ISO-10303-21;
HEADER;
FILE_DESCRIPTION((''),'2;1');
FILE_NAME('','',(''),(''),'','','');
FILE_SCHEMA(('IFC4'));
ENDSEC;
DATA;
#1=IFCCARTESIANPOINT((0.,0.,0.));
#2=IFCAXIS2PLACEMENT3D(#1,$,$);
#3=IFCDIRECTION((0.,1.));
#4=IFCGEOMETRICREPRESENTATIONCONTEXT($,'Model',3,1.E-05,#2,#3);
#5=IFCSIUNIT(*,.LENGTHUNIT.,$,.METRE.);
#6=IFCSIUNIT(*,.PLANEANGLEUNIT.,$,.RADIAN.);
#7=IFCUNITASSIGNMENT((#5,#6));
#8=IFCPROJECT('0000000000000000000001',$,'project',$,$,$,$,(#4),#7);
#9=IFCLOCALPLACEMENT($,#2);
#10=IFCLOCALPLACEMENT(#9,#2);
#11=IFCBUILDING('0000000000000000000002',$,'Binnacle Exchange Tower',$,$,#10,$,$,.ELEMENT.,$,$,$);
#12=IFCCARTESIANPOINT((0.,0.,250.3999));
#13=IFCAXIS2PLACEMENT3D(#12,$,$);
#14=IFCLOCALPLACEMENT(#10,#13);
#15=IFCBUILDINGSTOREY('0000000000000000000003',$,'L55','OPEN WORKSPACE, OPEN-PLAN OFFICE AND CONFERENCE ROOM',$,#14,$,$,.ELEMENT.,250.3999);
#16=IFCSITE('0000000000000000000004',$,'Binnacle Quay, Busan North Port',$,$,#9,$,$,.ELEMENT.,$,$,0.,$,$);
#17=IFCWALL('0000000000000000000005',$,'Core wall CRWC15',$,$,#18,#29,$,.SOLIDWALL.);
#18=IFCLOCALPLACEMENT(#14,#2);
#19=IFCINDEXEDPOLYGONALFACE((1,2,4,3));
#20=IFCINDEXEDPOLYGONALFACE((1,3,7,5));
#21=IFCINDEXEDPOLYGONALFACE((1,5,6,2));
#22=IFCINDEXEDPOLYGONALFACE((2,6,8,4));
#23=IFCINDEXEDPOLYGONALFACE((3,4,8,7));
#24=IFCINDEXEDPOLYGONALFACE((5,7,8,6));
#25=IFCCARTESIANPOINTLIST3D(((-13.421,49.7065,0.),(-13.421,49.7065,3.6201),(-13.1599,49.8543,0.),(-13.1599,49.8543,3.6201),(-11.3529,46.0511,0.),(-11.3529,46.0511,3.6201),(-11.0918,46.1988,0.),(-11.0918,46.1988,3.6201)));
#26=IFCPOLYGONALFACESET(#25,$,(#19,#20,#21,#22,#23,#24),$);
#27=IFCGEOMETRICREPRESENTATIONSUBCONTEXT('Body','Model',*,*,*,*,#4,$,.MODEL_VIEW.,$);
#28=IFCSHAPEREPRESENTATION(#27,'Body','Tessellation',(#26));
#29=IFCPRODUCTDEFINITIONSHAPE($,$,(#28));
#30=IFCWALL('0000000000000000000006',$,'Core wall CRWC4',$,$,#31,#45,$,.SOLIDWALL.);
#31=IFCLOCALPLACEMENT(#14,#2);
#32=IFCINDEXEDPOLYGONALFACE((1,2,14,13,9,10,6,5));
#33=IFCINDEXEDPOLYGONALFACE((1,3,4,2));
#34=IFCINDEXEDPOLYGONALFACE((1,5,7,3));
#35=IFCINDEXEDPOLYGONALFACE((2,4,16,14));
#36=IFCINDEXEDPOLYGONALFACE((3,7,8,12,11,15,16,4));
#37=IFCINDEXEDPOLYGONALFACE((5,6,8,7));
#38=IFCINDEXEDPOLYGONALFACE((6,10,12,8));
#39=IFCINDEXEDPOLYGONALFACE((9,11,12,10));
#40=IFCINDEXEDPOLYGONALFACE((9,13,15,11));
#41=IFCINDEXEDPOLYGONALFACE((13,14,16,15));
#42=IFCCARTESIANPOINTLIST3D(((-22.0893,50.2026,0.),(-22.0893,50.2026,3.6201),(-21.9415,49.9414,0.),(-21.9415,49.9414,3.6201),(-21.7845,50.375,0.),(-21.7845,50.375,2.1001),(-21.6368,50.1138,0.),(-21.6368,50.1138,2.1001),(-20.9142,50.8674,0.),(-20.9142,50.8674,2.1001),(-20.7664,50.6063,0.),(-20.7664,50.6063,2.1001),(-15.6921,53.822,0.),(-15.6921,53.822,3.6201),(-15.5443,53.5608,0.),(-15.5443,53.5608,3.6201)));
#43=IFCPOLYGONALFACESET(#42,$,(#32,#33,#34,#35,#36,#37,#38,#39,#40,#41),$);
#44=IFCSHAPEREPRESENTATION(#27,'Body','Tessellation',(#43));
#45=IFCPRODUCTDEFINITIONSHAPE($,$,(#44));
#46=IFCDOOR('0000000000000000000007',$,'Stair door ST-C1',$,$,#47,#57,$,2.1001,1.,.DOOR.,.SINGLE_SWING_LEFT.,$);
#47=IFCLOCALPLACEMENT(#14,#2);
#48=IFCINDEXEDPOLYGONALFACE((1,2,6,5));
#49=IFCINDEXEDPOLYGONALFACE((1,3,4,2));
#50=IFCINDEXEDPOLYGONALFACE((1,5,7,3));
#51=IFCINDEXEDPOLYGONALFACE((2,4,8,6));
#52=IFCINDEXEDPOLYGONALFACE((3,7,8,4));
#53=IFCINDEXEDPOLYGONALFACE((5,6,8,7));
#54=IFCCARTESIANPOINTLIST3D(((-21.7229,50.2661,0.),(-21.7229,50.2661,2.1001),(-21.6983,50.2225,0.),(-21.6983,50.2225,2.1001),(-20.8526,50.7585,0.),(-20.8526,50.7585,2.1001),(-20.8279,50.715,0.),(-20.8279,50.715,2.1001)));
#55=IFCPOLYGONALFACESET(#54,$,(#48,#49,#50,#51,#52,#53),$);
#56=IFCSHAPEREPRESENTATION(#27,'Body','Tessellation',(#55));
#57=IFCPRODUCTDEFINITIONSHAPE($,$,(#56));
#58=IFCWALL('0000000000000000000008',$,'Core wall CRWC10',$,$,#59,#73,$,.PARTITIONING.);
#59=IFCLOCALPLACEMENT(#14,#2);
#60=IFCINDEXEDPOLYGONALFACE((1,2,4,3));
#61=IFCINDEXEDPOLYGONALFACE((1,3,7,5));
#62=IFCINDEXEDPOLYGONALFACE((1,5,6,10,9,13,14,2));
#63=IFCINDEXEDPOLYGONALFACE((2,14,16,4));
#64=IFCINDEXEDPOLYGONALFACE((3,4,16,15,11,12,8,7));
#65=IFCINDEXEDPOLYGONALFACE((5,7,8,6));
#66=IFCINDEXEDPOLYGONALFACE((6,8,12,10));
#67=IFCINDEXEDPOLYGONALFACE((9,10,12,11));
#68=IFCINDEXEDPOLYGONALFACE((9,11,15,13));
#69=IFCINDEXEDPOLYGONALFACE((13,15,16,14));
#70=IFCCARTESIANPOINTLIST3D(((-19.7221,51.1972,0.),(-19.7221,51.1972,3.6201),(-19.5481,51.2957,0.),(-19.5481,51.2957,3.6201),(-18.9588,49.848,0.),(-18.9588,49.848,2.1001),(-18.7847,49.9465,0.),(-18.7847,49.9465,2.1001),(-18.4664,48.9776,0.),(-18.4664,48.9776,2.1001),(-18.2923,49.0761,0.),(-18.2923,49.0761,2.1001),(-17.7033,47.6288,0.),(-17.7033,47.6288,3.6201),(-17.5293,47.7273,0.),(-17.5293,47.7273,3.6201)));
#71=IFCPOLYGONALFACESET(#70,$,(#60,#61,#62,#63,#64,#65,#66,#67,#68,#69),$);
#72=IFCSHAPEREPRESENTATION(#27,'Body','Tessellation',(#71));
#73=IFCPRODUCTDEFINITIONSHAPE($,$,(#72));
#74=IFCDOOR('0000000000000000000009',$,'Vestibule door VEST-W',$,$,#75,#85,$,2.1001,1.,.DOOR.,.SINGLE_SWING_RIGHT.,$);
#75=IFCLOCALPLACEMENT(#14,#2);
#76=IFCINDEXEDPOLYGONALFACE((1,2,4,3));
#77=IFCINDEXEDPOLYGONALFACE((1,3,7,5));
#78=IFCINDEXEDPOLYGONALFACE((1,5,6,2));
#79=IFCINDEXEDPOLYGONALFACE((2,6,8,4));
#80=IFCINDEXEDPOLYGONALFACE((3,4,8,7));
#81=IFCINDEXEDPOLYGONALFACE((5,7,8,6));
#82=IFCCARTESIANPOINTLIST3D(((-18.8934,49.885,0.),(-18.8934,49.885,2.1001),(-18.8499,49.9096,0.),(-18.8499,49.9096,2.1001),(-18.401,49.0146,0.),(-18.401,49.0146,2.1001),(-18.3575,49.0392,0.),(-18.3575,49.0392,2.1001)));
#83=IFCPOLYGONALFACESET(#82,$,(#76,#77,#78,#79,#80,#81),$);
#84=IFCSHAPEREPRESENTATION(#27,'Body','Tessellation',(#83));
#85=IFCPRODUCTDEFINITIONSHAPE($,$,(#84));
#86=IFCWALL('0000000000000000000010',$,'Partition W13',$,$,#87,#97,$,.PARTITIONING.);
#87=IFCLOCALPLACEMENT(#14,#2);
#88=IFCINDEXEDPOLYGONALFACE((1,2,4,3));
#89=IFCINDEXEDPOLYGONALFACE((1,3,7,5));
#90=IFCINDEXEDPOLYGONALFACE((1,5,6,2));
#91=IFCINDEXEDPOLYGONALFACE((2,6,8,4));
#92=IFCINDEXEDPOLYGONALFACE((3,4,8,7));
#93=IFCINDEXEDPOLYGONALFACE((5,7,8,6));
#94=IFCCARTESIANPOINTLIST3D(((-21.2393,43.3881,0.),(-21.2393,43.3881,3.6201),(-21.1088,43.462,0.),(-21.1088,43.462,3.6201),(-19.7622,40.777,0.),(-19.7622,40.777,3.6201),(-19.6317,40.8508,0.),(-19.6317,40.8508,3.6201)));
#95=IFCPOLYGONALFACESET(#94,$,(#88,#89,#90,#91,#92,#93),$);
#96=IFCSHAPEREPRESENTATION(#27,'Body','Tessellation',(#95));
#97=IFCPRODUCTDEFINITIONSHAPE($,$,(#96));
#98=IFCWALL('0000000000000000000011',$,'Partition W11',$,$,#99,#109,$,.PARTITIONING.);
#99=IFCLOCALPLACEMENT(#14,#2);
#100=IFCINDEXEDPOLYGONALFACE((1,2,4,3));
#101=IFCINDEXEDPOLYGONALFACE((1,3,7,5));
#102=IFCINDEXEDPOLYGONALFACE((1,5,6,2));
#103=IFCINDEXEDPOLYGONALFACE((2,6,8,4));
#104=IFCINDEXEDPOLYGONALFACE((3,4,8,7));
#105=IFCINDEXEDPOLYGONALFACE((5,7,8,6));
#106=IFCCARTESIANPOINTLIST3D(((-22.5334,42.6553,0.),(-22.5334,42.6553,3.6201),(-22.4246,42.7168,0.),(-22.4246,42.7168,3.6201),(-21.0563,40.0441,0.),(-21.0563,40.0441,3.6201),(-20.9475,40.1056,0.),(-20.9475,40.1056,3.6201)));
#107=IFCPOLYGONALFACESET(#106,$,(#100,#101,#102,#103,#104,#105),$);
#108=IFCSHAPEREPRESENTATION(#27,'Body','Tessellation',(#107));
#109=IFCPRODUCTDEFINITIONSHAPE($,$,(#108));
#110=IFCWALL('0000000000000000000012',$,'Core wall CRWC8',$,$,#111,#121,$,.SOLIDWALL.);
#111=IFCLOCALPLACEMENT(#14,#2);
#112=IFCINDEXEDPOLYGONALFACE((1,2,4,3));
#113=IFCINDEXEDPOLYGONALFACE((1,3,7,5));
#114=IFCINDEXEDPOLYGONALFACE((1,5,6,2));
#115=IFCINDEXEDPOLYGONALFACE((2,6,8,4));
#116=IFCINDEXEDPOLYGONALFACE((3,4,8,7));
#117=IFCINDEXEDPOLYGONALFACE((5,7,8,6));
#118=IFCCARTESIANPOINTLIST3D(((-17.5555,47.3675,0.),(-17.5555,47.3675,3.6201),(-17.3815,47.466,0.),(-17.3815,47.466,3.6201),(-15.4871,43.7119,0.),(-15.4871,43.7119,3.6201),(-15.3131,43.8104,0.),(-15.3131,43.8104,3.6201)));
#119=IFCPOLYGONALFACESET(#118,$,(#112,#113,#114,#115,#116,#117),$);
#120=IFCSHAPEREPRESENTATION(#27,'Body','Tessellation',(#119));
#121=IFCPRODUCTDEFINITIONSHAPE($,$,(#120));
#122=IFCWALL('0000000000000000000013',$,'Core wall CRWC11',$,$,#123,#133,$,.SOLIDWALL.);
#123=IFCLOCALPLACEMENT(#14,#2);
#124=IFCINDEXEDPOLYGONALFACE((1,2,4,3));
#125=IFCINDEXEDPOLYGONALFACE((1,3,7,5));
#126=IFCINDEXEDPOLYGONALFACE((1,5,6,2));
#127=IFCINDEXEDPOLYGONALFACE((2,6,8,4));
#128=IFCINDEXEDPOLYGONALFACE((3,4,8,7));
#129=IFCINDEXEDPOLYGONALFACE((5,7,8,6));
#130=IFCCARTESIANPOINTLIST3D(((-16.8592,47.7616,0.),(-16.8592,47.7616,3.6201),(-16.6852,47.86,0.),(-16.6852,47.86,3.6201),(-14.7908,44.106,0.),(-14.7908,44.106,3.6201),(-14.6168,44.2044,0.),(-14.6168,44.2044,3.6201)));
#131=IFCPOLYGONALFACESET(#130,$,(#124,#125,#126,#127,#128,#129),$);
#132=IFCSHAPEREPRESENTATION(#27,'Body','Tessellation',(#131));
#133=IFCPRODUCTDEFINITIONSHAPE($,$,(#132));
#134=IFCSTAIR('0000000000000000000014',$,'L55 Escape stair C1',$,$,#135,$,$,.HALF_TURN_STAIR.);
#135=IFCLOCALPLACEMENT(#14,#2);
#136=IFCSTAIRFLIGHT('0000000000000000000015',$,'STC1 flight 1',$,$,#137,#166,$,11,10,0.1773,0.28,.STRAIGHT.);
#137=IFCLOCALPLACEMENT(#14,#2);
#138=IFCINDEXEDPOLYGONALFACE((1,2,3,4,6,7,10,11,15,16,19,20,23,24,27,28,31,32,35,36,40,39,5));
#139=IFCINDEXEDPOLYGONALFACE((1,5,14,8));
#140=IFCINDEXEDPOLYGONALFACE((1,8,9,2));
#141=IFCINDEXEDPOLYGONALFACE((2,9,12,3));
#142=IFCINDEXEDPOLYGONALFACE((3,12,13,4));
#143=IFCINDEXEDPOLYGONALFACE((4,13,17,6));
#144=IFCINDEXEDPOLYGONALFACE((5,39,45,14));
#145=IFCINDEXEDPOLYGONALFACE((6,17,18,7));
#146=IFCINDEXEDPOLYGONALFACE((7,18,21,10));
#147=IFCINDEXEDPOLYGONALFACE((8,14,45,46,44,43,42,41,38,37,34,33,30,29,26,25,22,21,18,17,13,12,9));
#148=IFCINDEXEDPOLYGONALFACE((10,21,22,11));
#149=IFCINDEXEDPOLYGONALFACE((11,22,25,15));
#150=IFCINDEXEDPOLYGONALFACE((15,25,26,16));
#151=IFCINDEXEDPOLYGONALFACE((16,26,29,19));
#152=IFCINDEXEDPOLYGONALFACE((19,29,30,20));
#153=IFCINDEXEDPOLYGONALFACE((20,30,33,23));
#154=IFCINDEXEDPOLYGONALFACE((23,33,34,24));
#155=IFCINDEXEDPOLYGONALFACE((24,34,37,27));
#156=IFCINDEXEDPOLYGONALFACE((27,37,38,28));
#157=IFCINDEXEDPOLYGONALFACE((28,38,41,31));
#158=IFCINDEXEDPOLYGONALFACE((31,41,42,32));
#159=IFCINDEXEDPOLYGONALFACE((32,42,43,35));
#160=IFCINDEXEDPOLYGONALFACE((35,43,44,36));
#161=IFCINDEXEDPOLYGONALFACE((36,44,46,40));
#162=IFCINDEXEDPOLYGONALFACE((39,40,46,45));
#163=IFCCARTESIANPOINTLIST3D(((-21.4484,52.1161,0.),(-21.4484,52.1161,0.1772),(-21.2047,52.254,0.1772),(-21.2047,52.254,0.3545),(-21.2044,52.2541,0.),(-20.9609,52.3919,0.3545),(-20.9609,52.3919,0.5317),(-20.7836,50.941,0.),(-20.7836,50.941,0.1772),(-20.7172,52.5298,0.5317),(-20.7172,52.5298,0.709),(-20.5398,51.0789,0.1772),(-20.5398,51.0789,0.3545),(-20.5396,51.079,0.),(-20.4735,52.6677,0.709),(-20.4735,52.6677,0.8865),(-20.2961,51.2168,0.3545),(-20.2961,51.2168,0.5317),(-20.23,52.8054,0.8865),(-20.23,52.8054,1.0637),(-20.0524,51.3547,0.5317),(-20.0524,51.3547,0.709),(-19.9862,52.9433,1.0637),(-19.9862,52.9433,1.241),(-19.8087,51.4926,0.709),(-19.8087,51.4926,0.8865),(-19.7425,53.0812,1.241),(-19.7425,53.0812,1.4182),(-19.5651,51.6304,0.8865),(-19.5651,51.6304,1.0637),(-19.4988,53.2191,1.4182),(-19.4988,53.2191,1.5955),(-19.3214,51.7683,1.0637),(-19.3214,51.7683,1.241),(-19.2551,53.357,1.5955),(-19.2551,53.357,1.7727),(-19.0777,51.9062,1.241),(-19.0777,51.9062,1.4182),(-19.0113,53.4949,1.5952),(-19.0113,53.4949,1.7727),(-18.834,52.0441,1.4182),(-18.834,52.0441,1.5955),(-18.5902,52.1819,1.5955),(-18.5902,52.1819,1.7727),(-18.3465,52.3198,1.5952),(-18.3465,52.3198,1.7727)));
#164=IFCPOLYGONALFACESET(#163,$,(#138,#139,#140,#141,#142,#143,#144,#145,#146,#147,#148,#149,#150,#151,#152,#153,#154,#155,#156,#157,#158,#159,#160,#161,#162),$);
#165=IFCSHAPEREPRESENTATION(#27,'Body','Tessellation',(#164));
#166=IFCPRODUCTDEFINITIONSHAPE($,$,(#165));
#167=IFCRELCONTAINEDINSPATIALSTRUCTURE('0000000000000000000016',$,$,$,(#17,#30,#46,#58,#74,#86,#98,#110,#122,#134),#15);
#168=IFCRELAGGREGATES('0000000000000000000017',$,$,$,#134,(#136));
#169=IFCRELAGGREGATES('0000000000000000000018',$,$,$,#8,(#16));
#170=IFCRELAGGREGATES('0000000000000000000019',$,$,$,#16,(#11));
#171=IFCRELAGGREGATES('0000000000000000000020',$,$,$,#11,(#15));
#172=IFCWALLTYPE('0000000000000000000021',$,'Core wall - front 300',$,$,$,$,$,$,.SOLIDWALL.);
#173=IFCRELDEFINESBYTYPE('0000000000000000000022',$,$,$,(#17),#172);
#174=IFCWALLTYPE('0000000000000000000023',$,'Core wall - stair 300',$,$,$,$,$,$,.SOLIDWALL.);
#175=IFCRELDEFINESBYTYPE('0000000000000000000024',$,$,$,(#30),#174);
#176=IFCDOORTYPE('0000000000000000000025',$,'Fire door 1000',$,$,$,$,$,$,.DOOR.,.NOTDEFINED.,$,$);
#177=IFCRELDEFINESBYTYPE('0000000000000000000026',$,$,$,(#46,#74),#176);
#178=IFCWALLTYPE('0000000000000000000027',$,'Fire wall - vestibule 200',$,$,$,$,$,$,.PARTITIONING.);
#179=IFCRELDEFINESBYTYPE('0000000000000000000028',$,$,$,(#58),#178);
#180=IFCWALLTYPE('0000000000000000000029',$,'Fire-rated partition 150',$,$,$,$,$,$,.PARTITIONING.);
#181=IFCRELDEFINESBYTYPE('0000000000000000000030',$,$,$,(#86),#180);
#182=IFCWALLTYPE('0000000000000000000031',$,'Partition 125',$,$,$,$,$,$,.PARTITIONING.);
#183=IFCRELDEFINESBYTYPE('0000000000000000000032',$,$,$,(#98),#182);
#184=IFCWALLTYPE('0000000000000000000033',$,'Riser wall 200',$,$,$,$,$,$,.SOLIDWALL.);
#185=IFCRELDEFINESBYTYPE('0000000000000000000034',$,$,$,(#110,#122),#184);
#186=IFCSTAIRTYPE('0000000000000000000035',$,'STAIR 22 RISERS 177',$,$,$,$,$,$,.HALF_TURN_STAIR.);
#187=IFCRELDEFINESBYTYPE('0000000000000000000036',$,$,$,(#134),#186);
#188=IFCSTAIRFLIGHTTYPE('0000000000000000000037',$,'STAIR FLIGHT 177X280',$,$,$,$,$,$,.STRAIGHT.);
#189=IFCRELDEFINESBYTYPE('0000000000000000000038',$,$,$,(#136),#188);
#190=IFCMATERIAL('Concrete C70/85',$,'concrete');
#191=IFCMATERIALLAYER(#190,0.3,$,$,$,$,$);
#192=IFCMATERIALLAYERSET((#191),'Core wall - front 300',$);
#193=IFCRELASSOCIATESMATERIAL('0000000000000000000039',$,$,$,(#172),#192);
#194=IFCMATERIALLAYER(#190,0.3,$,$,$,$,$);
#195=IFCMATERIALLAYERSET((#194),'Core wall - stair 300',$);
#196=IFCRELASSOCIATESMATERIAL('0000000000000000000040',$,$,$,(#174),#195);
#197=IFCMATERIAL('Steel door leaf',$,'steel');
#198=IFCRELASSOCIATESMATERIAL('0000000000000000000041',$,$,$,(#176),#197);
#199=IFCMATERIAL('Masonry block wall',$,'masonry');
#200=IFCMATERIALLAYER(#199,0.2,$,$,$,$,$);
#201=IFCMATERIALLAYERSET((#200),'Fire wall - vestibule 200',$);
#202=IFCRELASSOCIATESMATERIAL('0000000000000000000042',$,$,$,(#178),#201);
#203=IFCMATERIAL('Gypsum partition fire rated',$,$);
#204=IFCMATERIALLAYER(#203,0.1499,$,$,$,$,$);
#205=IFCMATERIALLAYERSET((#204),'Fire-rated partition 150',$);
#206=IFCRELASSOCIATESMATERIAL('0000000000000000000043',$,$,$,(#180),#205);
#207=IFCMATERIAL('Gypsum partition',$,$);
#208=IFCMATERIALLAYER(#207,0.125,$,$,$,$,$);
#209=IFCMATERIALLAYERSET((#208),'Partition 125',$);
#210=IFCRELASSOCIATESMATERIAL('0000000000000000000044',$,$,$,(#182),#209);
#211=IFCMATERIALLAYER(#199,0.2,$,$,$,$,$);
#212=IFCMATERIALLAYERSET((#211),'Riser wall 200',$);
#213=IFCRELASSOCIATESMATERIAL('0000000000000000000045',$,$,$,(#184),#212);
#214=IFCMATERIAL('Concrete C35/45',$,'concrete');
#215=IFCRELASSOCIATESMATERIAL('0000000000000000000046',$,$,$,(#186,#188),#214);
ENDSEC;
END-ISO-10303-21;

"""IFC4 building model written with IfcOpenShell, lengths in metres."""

from ifc_helpers import new_model, si_unit, direction, frame, frame_2d, origin, place, context, subcontext, project, spatial, polyline, rectangle, outline, extrude, material, layer, layer_set, type_object, element, fill, aggregate, save


model = new_model("IFC4")

# Units and contexts
model_context = context("Model", 3, precision=1e-05, world=origin(), true_north=direction((0.0, 1.0)))
body_context = subcontext(model_context, "Body", "Model", "MODEL_VIEW")
ifc_project = project(units=[si_unit("LENGTHUNIT", "METRE"), si_unit("PLANEANGLEUNIT", "RADIAN")], contexts=[model_context])

# Site, building, storey
site_placement = place(None, origin())
site = spatial("IfcSite", under=ifc_project, at=site_placement, Name="Binnacle Quay, Busan North Port", CompositionType="ELEMENT", RefElevation=0.0)
building_placement = place(site_placement, origin())
building = spatial("IfcBuilding", under=site, at=building_placement, Name="Binnacle Exchange Tower", CompositionType="ELEMENT")
storey_placement = place(building_placement, frame((0.0, 0.0, 250.3999)))
storey = spatial("IfcBuildingStorey", under=building, at=storey_placement, Name="L55", Description="OPEN WORKSPACE, OPEN-PLAN OFFICE AND CONFERENCE ROOM", CompositionType="ELEMENT", Elevation=250.3999)

# Shared definitions
ifc_material_1 = material(Name="Concrete C70/85", Category="concrete")
ifc_layer_1 = layer(ifc_material_1, 0.3)
ifc_layer_set_1 = layer_set([ifc_layer_1], Name="Core wall - front 300")
wall_type_1 = type_object("IfcWallType", Name="Core wall - front 300", PredefinedType="SOLIDWALL", material=ifc_layer_set_1)
ifc_material_2 = material(Name="Steel door leaf", Category="steel")

# Wall
for number, where, z_axis, x_axis, name in (
    (1, (-13.2905, 49.7805, 0.0), (0.0, 0.0, 1.0), (0.49241, -0.870364, 0.0), "Core wall CRWC15"),
):
    element("IfcWall", number, at=place(storey_placement, frame(where, z_axis=z_axis, x_axis=x_axis)), inside=storey, type_object=wall_type_1, Name=name, PredefinedType="SOLIDWALL", context=body_context, shape_type="SweptSolid", body=[
        extrude(rectangle(XDim=4.2, YDim=0.3, at=frame_2d((2.1001, 0.0))), origin(), (0.0, 0.0, 1.0), 3.6201),
    ])

# Walls, openings, doors
ifc_layer_2 = layer(ifc_material_1, 0.3)
ifc_layer_set_2 = layer_set([ifc_layer_2], Name="Core wall - stair 300")
wall_type_2 = type_object("IfcWallType", Name="Core wall - stair 300", PredefinedType="SOLIDWALL", material=ifc_layer_set_2)
wall_1_placement = place(storey_placement, frame((-22.0154, 50.072, 0.0), z_axis=(0.0, 0.0, 1.0), x_axis=(0.870355, 0.492425, 0.0)))
wall_1 = element("IfcWall", 2, at=wall_1_placement, inside=storey, type_object=wall_type_2, Name="Core wall CRWC4", PredefinedType="SOLIDWALL", context=body_context, shape_type="SweptSolid", body=[
    extrude(rectangle(XDim=7.3501, YDim=0.3, at=frame_2d((3.675, 0.0))), origin(), (0.0, 0.0, 1.0), 3.6201),
])
opening_1_placement = place(wall_1_placement, frame((0.3501, 0.0, 0.0)))
opening_1 = element("IfcOpeningElement", 3, at=opening_1_placement, cuts=wall_1, PredefinedType="OPENING", context=body_context, shape_type="SweptSolid", body=[
    extrude(rectangle(XDim=1.0, YDim=2.1001, at=frame_2d((0.5, 1.05))), frame((0.0, 0.1599, 0.0), z_axis=(0.0, -1.0, 0.0), x_axis=(1.0, 0.0, 0.0)), (0.0, 0.0, 1.0), 0.3201),
])
door_type_1 = type_object("IfcDoorType", Name="Fire door 1000", OperationType="NOTDEFINED", PredefinedType="DOOR", material=ifc_material_2)
door_1_placement = place(opening_1_placement, origin())
door_1 = element("IfcDoor", 4, at=door_1_placement, inside=storey, type_object=door_type_1, Name="Stair door ST-C1", OperationType="SINGLE_SWING_LEFT", OverallHeight=2.1001, OverallWidth=1.0, PredefinedType="DOOR", context=body_context, shape_type="SweptSolid", body=[
    extrude(rectangle(XDim=1.0, YDim=2.1001, at=frame_2d((0.5, 1.05))), frame((0.0, 0.0249, 0.0), z_axis=(0.0, -1.0, 0.0), x_axis=(1.0, 0.0, 0.0)), (0.0, 0.0, 1.0), 0.05),
])
fill(opening_1, door_1)
ifc_material_3 = material(Name="Masonry block wall", Category="masonry")
ifc_layer_3 = layer(ifc_material_3, 0.2)
ifc_layer_set_3 = layer_set([ifc_layer_3], Name="Fire wall - vestibule 200")
wall_type_3 = type_object("IfcWallType", Name="Fire wall - vestibule 200", PredefinedType="PARTITIONING", material=ifc_layer_set_3)
wall_2_placement = place(storey_placement, frame((-19.635, 51.2463, 0.0), z_axis=(0.0, 0.0, 1.0), x_axis=(0.492408, -0.870364, 0.0)))
wall_2 = element("IfcWall", 5, at=wall_2_placement, inside=storey, type_object=wall_type_3, Name="Core wall CRWC10", PredefinedType="PARTITIONING", context=body_context, shape_type="SweptSolid", body=[
    extrude(rectangle(XDim=4.0999, YDim=0.2, at=frame_2d((2.0498, 0.0))), origin(), (0.0, 0.0, 1.0), 3.6201),
])
opening_2_placement = place(wall_2_placement, frame((1.55, 0.0, 0.0)))
opening_2 = element("IfcOpeningElement", 6, at=opening_2_placement, cuts=wall_2, PredefinedType="OPENING", context=body_context, shape_type="SweptSolid", body=[
    extrude(rectangle(XDim=1.0, YDim=2.1001, at=frame_2d((0.5, 1.05))), frame((0.0, 0.1099, 0.0), z_axis=(0.0, -1.0, 0.0), x_axis=(1.0, 0.0, 0.0)), (0.0, 0.0, 1.0), 0.22),
])
door_2_placement = place(opening_2_placement, frame((1.0, 0.0, 0.0), z_axis=(0.0, 0.0, 1.0), x_axis=(-1.0, 0.0, 0.0)))
door_2 = element("IfcDoor", 7, at=door_2_placement, inside=storey, type_object=door_type_1, Name="Vestibule door VEST-W", OperationType="SINGLE_SWING_RIGHT", OverallHeight=2.1001, OverallWidth=1.0, PredefinedType="DOOR", context=body_context, shape_type="SweptSolid", body=[
    extrude(rectangle(XDim=1.0, YDim=2.1001, at=frame_2d((0.5, 1.05))), frame((0.0, 0.0249, 0.0), z_axis=(0.0, -1.0, 0.0), x_axis=(1.0, 0.0, 0.0)), (0.0, 0.0, 1.0), 0.05),
])
fill(opening_2, door_2)

# Walls
ifc_material_4 = material(Name="Gypsum partition fire rated")
ifc_layer_4 = layer(ifc_material_4, 0.1499)
ifc_layer_set_4 = layer_set([ifc_layer_4], Name="Fire-rated partition 150")
wall_type_4 = type_object("IfcWallType", Name="Fire-rated partition 150", PredefinedType="PARTITIONING", material=ifc_layer_set_4)
wall_3_placement = place(storey_placement, frame((-21.1741, 43.425, 0.0), z_axis=(0.0, 0.0, 1.0), x_axis=(0.492366, -0.870388, 0.0)))
element("IfcWall", 8, at=wall_3_placement, inside=storey, type_object=wall_type_4, Name="Partition W13", PredefinedType="PARTITIONING", context=body_context, shape_type="SweptSolid", body=[
    extrude(rectangle(XDim=3.0, YDim=0.1499, at=frame_2d((1.5, 0.0))), origin(), (0.0, 0.0, 1.0), 3.6201),
])
ifc_material_5 = material(Name="Gypsum partition")
ifc_layer_5 = layer(ifc_material_5, 0.125)
ifc_layer_set_5 = layer_set([ifc_layer_5], Name="Partition 125")
wall_type_5 = type_object("IfcWallType", Name="Partition 125", PredefinedType="PARTITIONING", material=ifc_layer_set_5)
wall_4_placement = place(storey_placement, frame((-22.479, 42.686, 0.0), z_axis=(0.0, 0.0, 1.0), x_axis=(0.492366, -0.870388, 0.0)))
element("IfcWall", 9, at=wall_4_placement, inside=storey, type_object=wall_type_5, Name="Partition W11", PredefinedType="PARTITIONING", context=body_context, shape_type="SweptSolid", body=[
    extrude(rectangle(XDim=3.0, YDim=0.125, at=frame_2d((1.5, 0.0))), origin(), (0.0, 0.0, 1.0), 3.6201),
])
ifc_layer_6 = layer(ifc_material_3, 0.2)
ifc_layer_set_6 = layer_set([ifc_layer_6], Name="Riser wall 200")
wall_type_6 = type_object("IfcWallType", Name="Riser wall 200", PredefinedType="SOLIDWALL", material=ifc_layer_set_6)
for number, where, z_axis, x_axis, name in (
    (10, (-17.4685, 47.4167, 0.0), (0.0, 0.0, 1.0), (0.492454, -0.870339, 0.0), "Core wall CRWC8"),
    (11, (-16.7722, 47.8108, 0.0), (0.0, 0.0, 1.0), (0.492454, -0.870339, 0.0), "Core wall CRWC11"),
):
    element("IfcWall", number, at=place(storey_placement, frame(where, z_axis=z_axis, x_axis=x_axis)), inside=storey, type_object=wall_type_6, Name=name, PredefinedType="SOLIDWALL", context=body_context, shape_type="SweptSolid", body=[
        extrude(rectangle(XDim=4.2002, YDim=0.2, at=frame_2d((2.1001, 0.0))), origin(), (0.0, 0.0, 1.0), 3.6201),
    ])

# Stair, stair flight
ifc_material_6 = material(Name="Concrete C35/45", Category="concrete")
stair_type = type_object("IfcStairType", Name="STAIR 22 RISERS 177", PredefinedType="HALF_TURN_STAIR", material=ifc_material_6)
stair_placement = place(storey_placement, origin())
stair = element("IfcStair", 12, at=stair_placement, inside=storey, type_object=stair_type, Name="L55 Escape stair C1", PredefinedType="HALF_TURN_STAIR")
stair_flight_type = type_object("IfcStairFlightType", Name="STAIR FLIGHT 177X280", PredefinedType="STRAIGHT", material=ifc_material_6)
stair_flight_placement = place(storey_placement, frame((-21.116, 51.5286, 0.0), z_axis=(0.0, 0.0, 1.0), x_axis=(0.870356, 0.492424, 0.0)))
stair_flight = element("IfcStairFlight", 13, at=stair_flight_placement, type_object=stair_flight_type, Name="STC1 flight 1", NumberOfRisers=11, NumberOfTreads=10, PredefinedType="STRAIGHT", RiserHeight=0.1773, TreadLength=0.28, context=body_context, shape_type="SweptSolid", body=[
    extrude(outline(polyline([(0.0, 0.0), (0.0, 0.1772), (0.28, 0.1772), (0.28, 0.3545), (0.5601, 0.3545), (0.5601, 0.5317), (0.8401, 0.5317), (0.8401, 0.709), (1.1201, 0.709), (1.1201, 0.8865), (1.3999, 0.8865), (1.3999, 1.0637), (1.6799, 1.0637), (1.6799, 1.241), (1.96, 1.241), (1.96, 1.4182), (2.24, 1.4182), (2.24, 1.5955), (2.52, 1.5955), (2.52, 1.7727), (2.8, 1.7727), (2.8, 1.95), (2.8, 1.5952), (0.2803, 0.0), (0.0, 0.0)])), frame((0.0, 0.675, 0.0), z_axis=(0.0, -1.0, 0.0), x_axis=(1.0, 0.0, 0.0)), (0.0, 0.0, 1.0), 1.3501),
])
aggregate(stair, [stair_flight])

save(model, "model.ifc")
